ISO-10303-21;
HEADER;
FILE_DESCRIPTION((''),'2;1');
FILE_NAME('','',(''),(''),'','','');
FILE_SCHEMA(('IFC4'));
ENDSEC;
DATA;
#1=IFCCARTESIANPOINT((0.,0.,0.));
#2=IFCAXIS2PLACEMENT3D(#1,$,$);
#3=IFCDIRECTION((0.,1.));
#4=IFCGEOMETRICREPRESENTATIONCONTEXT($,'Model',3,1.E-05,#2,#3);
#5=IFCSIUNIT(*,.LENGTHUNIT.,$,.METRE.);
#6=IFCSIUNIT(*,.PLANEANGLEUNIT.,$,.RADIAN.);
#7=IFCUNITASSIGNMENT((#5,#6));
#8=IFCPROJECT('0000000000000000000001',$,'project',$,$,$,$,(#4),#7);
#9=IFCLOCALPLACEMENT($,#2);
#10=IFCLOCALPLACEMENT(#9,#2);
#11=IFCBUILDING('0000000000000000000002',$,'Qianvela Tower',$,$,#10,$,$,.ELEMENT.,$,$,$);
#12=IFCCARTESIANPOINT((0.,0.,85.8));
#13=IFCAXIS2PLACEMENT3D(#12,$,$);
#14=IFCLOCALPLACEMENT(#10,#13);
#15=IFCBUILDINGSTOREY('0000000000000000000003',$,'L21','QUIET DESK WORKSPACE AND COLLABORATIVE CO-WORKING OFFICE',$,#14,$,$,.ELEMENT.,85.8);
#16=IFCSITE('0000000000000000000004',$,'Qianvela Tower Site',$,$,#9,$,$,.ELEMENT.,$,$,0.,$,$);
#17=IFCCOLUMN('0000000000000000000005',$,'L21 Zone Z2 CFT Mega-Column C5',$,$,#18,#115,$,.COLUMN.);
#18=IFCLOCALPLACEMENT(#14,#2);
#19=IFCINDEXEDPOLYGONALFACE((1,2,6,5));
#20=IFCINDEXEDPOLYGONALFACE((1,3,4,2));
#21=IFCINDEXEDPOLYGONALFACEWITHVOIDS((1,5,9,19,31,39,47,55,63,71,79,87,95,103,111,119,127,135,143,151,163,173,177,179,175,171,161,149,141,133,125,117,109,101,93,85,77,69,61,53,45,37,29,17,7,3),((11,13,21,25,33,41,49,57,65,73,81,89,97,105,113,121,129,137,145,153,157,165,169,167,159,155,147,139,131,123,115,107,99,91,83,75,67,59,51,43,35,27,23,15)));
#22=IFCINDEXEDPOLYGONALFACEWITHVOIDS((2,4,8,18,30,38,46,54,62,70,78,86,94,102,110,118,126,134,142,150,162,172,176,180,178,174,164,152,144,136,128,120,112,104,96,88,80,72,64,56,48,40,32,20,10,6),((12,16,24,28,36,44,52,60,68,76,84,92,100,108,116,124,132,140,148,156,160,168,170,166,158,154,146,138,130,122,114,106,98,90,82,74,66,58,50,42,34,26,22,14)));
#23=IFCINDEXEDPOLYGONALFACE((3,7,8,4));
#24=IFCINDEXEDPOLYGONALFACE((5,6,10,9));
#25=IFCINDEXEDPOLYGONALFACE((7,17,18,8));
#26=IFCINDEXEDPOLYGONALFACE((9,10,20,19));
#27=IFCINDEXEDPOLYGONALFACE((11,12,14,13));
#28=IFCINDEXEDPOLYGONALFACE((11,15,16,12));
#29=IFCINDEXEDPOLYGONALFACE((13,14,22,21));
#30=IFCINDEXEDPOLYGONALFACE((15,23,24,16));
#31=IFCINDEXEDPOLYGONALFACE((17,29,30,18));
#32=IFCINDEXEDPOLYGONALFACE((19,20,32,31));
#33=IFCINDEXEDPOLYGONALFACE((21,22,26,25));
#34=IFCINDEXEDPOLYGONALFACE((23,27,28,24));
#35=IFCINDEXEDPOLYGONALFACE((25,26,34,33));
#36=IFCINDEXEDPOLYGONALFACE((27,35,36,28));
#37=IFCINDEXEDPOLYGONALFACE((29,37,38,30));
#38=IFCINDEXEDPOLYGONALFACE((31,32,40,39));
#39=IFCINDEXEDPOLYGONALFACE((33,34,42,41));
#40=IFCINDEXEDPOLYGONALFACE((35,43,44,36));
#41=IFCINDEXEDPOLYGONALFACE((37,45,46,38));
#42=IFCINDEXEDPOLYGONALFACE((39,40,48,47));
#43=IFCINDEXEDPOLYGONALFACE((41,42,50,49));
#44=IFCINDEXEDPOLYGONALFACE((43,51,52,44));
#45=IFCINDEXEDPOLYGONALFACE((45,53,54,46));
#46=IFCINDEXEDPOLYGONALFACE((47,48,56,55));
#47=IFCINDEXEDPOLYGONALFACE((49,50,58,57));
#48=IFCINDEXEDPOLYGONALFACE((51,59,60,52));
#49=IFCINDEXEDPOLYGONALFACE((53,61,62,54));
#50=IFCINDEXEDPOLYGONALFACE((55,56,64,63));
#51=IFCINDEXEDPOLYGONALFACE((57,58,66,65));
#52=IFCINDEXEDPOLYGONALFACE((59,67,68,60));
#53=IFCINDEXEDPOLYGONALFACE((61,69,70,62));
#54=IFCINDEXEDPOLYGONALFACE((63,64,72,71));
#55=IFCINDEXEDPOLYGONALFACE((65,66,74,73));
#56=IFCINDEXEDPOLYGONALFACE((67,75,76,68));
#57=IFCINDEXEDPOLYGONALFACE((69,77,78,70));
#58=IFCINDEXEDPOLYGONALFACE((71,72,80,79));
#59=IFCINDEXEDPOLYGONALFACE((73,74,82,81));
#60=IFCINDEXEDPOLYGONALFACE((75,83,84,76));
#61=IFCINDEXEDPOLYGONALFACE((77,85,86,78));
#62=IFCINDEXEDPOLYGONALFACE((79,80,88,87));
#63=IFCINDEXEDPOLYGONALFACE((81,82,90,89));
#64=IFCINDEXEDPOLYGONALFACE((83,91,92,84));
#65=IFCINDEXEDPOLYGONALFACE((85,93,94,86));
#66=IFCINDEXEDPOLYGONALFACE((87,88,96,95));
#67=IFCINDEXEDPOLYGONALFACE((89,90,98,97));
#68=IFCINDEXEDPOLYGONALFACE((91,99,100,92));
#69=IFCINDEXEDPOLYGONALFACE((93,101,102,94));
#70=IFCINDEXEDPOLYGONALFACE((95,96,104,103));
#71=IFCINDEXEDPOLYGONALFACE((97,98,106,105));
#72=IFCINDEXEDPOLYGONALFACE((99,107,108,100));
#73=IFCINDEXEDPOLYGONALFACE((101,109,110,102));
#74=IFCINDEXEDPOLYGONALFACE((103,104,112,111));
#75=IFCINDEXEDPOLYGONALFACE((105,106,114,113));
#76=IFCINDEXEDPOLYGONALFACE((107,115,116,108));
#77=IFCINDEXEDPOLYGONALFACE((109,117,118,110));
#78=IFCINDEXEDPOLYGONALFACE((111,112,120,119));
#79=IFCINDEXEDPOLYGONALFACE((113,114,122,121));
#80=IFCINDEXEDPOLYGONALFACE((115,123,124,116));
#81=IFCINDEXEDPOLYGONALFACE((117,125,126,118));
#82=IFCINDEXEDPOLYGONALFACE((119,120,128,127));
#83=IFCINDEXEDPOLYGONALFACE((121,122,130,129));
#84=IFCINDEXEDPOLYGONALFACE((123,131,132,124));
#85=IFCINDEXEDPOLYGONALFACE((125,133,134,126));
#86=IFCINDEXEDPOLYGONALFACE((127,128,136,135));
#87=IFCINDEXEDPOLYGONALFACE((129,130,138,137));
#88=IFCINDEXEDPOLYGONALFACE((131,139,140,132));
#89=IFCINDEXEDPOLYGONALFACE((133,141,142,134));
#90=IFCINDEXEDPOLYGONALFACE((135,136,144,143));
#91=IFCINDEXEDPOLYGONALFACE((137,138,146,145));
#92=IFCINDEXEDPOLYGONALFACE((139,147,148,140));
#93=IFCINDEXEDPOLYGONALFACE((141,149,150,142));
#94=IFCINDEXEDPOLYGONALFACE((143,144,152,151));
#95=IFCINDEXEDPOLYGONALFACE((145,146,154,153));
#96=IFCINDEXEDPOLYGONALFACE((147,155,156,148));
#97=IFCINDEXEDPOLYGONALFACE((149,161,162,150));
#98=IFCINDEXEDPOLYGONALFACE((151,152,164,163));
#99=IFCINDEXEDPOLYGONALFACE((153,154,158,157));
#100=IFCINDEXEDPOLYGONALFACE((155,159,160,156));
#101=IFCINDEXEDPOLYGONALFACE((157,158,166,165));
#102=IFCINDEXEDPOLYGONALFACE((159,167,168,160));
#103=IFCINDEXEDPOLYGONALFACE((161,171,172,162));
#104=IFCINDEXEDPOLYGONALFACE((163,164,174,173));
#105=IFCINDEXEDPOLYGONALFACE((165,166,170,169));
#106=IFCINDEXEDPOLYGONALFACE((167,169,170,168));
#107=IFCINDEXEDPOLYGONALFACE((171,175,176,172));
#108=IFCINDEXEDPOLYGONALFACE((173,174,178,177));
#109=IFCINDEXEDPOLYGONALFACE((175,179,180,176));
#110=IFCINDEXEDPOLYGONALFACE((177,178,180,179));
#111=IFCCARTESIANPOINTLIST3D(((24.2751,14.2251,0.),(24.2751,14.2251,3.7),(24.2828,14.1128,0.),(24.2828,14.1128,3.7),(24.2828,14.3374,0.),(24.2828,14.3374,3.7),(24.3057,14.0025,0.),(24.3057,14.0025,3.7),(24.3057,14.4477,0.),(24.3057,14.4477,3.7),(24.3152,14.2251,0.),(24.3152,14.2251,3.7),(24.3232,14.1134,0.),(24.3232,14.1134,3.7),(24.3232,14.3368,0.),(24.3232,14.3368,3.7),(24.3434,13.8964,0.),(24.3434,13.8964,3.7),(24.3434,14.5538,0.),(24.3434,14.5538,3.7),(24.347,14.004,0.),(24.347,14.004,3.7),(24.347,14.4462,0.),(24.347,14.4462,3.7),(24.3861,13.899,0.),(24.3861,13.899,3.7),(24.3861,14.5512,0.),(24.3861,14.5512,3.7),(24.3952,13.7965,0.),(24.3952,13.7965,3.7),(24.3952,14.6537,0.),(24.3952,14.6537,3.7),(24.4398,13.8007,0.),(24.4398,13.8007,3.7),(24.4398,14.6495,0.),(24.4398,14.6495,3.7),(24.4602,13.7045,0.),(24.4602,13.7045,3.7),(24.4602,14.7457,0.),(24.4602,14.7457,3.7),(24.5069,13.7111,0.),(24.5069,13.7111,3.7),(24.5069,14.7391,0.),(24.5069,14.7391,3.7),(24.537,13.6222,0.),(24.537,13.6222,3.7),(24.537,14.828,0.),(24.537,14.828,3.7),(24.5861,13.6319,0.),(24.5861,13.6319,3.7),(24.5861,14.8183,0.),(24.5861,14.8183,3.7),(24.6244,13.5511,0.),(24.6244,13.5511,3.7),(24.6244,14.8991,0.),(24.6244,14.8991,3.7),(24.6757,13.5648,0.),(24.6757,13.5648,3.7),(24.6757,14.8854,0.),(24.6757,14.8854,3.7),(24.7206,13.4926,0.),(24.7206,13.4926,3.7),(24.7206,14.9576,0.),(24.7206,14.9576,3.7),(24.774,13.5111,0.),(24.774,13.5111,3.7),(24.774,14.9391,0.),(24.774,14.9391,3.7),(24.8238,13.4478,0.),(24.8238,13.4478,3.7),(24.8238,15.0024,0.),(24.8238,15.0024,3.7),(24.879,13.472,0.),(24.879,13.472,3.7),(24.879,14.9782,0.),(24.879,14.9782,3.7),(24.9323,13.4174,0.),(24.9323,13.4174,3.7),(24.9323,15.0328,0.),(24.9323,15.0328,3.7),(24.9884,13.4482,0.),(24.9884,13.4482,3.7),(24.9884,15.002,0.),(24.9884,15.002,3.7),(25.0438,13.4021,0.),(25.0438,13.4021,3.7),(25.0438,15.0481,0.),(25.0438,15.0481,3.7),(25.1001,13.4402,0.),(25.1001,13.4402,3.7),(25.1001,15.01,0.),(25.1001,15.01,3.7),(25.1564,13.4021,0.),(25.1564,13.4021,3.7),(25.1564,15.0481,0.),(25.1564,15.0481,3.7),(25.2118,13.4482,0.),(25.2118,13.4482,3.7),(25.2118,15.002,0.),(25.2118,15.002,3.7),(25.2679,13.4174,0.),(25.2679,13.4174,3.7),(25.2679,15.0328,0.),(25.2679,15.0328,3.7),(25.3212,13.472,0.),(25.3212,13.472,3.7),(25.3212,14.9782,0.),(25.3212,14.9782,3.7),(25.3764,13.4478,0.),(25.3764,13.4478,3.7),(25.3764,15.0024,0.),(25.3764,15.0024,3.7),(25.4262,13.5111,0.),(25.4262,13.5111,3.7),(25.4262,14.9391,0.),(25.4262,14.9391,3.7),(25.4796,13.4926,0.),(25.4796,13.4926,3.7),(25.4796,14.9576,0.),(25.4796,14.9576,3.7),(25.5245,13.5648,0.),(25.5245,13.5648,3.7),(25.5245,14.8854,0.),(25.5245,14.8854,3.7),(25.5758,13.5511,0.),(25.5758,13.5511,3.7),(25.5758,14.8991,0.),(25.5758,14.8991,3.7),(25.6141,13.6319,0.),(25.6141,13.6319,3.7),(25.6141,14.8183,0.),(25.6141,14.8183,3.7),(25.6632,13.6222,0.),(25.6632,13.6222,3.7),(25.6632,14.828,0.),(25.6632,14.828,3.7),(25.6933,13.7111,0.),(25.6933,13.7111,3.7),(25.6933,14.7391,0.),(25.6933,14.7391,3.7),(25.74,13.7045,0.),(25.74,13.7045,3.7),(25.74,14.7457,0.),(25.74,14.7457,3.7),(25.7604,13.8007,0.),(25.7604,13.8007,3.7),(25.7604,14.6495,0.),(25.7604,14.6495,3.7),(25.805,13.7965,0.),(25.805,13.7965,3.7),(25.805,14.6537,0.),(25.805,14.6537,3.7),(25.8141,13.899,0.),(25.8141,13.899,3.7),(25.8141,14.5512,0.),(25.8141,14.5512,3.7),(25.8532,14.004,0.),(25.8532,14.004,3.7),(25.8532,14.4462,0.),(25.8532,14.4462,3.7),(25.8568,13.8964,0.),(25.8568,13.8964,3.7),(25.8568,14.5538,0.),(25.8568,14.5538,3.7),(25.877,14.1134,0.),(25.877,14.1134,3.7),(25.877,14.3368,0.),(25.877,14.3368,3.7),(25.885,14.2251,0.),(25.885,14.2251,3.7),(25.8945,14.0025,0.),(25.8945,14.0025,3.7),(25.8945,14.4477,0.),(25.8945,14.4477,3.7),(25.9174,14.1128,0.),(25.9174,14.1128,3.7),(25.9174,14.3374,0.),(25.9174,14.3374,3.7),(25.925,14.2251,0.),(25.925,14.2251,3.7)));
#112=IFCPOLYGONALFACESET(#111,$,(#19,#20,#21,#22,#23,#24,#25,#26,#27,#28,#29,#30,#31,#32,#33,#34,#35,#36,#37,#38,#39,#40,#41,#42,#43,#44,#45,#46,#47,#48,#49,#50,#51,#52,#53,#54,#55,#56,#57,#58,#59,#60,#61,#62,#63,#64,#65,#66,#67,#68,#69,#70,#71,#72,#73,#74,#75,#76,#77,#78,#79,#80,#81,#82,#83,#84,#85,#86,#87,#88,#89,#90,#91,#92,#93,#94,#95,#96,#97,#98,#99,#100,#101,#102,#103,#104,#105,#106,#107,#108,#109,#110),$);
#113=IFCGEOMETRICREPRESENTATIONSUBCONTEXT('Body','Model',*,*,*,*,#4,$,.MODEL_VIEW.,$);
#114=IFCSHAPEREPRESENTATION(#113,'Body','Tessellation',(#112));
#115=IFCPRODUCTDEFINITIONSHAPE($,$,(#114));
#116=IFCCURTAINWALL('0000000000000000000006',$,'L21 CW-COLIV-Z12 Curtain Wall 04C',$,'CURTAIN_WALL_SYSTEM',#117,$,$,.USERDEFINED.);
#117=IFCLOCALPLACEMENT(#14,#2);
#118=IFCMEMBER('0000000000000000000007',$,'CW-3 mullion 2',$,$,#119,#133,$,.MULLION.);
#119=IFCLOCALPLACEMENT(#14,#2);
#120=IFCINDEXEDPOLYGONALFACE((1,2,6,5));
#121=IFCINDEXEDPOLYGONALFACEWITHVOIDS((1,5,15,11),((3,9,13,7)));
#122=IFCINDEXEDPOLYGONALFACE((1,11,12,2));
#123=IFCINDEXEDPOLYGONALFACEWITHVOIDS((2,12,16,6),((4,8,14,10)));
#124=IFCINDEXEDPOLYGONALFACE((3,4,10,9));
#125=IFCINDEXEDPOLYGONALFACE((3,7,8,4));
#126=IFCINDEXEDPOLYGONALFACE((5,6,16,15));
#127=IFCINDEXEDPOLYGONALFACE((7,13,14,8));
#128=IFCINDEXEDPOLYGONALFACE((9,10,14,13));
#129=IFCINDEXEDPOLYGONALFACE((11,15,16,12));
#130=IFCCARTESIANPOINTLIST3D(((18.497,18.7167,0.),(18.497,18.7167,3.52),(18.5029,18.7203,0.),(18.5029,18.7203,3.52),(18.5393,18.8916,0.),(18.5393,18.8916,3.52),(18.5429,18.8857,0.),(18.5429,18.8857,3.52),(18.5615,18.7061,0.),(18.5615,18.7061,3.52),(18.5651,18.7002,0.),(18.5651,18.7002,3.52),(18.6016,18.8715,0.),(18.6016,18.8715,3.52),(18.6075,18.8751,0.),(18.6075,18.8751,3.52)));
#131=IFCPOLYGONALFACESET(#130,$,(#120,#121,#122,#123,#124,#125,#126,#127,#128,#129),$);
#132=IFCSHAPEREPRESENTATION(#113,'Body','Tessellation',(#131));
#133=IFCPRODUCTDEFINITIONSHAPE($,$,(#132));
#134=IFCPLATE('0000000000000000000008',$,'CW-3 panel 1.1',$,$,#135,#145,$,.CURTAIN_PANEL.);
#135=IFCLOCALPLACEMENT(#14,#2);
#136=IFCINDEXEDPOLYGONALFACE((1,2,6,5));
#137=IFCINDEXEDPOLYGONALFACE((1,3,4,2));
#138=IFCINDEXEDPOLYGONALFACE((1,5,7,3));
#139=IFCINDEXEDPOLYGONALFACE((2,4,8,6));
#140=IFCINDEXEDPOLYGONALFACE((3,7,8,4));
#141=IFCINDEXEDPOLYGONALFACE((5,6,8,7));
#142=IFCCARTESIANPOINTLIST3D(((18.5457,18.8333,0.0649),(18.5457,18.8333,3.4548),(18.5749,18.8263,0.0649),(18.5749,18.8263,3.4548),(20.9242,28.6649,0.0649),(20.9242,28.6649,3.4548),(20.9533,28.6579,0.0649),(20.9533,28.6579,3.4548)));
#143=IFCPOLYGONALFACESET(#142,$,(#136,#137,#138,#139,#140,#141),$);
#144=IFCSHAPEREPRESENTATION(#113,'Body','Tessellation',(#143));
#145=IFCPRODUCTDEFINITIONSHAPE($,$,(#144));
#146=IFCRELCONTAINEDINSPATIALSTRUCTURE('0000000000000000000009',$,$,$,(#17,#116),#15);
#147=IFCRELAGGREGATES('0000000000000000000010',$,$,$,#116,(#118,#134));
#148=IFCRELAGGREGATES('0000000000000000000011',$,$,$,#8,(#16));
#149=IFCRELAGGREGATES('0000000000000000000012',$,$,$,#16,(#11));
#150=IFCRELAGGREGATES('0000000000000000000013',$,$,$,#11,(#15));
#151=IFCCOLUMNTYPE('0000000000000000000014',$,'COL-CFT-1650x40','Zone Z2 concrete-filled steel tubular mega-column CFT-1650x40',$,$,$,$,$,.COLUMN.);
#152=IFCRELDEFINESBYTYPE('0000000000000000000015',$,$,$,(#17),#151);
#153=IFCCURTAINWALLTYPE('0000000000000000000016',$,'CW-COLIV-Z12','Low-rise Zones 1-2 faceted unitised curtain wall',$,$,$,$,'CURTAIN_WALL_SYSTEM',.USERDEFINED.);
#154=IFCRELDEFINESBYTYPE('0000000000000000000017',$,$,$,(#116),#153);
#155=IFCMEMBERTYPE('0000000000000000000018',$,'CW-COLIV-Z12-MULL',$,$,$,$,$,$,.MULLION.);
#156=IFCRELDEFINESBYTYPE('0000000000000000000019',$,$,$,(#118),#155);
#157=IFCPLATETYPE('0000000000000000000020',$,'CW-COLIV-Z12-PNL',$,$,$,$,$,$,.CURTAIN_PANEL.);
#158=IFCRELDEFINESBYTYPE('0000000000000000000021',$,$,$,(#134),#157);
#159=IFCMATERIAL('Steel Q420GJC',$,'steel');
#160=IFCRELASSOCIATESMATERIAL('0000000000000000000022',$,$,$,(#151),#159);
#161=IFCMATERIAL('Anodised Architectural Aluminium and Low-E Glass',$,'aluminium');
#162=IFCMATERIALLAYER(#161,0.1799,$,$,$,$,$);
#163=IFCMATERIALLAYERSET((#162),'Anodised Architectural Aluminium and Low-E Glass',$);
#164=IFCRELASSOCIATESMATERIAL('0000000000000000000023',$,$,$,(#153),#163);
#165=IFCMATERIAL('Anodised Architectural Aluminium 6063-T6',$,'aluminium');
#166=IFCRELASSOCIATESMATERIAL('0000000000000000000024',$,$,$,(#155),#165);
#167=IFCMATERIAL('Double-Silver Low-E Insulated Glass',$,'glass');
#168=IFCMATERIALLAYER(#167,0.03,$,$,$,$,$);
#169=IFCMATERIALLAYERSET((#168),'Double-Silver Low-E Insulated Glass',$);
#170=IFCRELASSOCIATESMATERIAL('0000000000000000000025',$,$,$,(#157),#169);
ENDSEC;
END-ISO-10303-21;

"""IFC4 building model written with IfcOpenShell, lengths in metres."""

from ifc_helpers import new_model, si_unit, direction, frame, origin, origin_2d, place, context, subcontext, project, spatial, rectangle, hollow_rectangle, hollow_circle, extrude, material, layer, layer_set, material_profile, profile_set, type_object, element, aggregate, save


model = new_model("IFC4")

# Units and contexts
model_context = context("Model", 3, precision=1e-05, world=origin(), true_north=direction((0.0, 1.0)))
body_context = subcontext(model_context, "Body", "Model", "MODEL_VIEW")
ifc_project = project(units=[si_unit("LENGTHUNIT", "METRE"), si_unit("PLANEANGLEUNIT", "RADIAN")], contexts=[model_context])

# Site, building, storey
site_placement = place(None, origin())
site = spatial("IfcSite", under=ifc_project, at=site_placement, Name="Qianvela Tower Site", CompositionType="ELEMENT", RefElevation=0.0)
building_placement = place(site_placement, origin())
building = spatial("IfcBuilding", under=site, at=building_placement, Name="Qianvela Tower", CompositionType="ELEMENT")
storey_placement = place(building_placement, frame((0.0, 0.0, 85.8)))
storey = spatial("IfcBuildingStorey", under=building, at=storey_placement, Name="L21", Description="QUIET DESK WORKSPACE AND COLLABORATIVE CO-WORKING OFFICE", CompositionType="ELEMENT", Elevation=85.8)

# Column
ifc_material_1 = material(Name="Steel Q420GJC", Category="steel")
ifc_material_profile_1 = material_profile(ifc_material_1, hollow_circle(Radius=0.825, WallThickness=0.04, at=origin_2d()), Name="CFT-1650x40")
ifc_profile_set_1 = profile_set([ifc_material_profile_1], Name="Steel Q420GJC")
column_type = type_object("IfcColumnType", Name="COL-CFT-1650x40", Description="Zone Z2 concrete-filled steel tubular mega-column CFT-1650x40", PredefinedType="COLUMN", material=ifc_profile_set_1)
column_placement = place(storey_placement, frame((25.1001, 14.2251, 0.0), z_axis=(0.0, 0.0, 1.0), x_axis=(1.0, 0.0, 0.0)))
element("IfcColumn", 1, at=column_placement, inside=storey, type_object=column_type, Name="L21 Zone Z2 CFT Mega-Column C5", PredefinedType="COLUMN", context=body_context, shape_type="SweptSolid", body=[
    extrude(hollow_circle(Radius=0.825, WallThickness=0.04, at=origin_2d()), origin(), (0.0, 0.0, 1.0), 3.7),
])

# Curtain wall, member, plate
ifc_material_2 = material(Name="Anodised Architectural Aluminium and Low-E Glass", Category="aluminium")
ifc_layer_1 = layer(ifc_material_2, 0.1799)
ifc_layer_set_1 = layer_set([ifc_layer_1], Name="Anodised Architectural Aluminium and Low-E Glass")
curtain_wall_type = type_object("IfcCurtainWallType", Name="CW-COLIV-Z12", Description="Low-rise Zones 1-2 faceted unitised curtain wall", ElementType="CURTAIN_WALL_SYSTEM", PredefinedType="USERDEFINED", material=ifc_layer_set_1)
curtain_wall_placement = place(storey_placement, origin())
curtain_wall = element("IfcCurtainWall", 2, at=curtain_wall_placement, inside=storey, type_object=curtain_wall_type, Name="L21 CW-COLIV-Z12 Curtain Wall 04C", ObjectType="CURTAIN_WALL_SYSTEM", PredefinedType="USERDEFINED")
ifc_material_3 = material(Name="Anodised Architectural Aluminium 6063-T6", Category="aluminium")
ifc_material_profile_2 = material_profile(ifc_material_3, hollow_rectangle(XDim=0.0701, YDim=0.1799, WallThickness=0.0049, at=origin_2d()), Name="ALU-MULL-70x180")
ifc_profile_set_2 = profile_set([ifc_material_profile_2], Name="Anodised Architectural Aluminium 6063-T6")
member_type = type_object("IfcMemberType", Name="CW-COLIV-Z12-MULL", PredefinedType="MULLION", material=ifc_profile_set_2)
member_placement = place(storey_placement, frame((18.5522, 18.7959, 0.0), z_axis=(0.0, 0.0, 1.0), x_axis=(0.971962, -0.235138, 0.0)))
member = element("IfcMember", 3, at=member_placement, type_object=member_type, Name="CW-3 mullion 2", PredefinedType="MULLION", context=body_context, shape_type="SweptSolid", body=[
    extrude(hollow_rectangle(XDim=0.0701, YDim=0.1799, WallThickness=0.0049, at=origin_2d()), origin(), (0.0, 0.0, 1.0), 3.52),
])
ifc_material_4 = material(Name="Double-Silver Low-E Insulated Glass", Category="glass")
ifc_layer_2 = layer(ifc_material_4, 0.03)
ifc_layer_set_2 = layer_set([ifc_layer_2], Name="Double-Silver Low-E Insulated Glass")
plate_type_1 = type_object("IfcPlateType", Name="CW-COLIV-Z12-PNL", PredefinedType="CURTAIN_PANEL", material=ifc_layer_set_2)
plate_placement = place(storey_placement, frame((19.7495, 23.7456, 0.0649), z_axis=(0.0, 0.0, 1.0), x_axis=(-0.235138, -0.971962, 0.0)))
plate = element("IfcPlate", 4, at=plate_placement, type_object=plate_type_1, Name="CW-3 panel 1.1", PredefinedType="CURTAIN_PANEL", context=body_context, shape_type="SweptSolid", body=[
    extrude(rectangle(XDim=10.1152, YDim=0.03, at=origin_2d()), origin(), (0.0, 0.0, 1.0), 3.3899),
])
aggregate(curtain_wall, [member, plate])

save(model, "model.ifc")
